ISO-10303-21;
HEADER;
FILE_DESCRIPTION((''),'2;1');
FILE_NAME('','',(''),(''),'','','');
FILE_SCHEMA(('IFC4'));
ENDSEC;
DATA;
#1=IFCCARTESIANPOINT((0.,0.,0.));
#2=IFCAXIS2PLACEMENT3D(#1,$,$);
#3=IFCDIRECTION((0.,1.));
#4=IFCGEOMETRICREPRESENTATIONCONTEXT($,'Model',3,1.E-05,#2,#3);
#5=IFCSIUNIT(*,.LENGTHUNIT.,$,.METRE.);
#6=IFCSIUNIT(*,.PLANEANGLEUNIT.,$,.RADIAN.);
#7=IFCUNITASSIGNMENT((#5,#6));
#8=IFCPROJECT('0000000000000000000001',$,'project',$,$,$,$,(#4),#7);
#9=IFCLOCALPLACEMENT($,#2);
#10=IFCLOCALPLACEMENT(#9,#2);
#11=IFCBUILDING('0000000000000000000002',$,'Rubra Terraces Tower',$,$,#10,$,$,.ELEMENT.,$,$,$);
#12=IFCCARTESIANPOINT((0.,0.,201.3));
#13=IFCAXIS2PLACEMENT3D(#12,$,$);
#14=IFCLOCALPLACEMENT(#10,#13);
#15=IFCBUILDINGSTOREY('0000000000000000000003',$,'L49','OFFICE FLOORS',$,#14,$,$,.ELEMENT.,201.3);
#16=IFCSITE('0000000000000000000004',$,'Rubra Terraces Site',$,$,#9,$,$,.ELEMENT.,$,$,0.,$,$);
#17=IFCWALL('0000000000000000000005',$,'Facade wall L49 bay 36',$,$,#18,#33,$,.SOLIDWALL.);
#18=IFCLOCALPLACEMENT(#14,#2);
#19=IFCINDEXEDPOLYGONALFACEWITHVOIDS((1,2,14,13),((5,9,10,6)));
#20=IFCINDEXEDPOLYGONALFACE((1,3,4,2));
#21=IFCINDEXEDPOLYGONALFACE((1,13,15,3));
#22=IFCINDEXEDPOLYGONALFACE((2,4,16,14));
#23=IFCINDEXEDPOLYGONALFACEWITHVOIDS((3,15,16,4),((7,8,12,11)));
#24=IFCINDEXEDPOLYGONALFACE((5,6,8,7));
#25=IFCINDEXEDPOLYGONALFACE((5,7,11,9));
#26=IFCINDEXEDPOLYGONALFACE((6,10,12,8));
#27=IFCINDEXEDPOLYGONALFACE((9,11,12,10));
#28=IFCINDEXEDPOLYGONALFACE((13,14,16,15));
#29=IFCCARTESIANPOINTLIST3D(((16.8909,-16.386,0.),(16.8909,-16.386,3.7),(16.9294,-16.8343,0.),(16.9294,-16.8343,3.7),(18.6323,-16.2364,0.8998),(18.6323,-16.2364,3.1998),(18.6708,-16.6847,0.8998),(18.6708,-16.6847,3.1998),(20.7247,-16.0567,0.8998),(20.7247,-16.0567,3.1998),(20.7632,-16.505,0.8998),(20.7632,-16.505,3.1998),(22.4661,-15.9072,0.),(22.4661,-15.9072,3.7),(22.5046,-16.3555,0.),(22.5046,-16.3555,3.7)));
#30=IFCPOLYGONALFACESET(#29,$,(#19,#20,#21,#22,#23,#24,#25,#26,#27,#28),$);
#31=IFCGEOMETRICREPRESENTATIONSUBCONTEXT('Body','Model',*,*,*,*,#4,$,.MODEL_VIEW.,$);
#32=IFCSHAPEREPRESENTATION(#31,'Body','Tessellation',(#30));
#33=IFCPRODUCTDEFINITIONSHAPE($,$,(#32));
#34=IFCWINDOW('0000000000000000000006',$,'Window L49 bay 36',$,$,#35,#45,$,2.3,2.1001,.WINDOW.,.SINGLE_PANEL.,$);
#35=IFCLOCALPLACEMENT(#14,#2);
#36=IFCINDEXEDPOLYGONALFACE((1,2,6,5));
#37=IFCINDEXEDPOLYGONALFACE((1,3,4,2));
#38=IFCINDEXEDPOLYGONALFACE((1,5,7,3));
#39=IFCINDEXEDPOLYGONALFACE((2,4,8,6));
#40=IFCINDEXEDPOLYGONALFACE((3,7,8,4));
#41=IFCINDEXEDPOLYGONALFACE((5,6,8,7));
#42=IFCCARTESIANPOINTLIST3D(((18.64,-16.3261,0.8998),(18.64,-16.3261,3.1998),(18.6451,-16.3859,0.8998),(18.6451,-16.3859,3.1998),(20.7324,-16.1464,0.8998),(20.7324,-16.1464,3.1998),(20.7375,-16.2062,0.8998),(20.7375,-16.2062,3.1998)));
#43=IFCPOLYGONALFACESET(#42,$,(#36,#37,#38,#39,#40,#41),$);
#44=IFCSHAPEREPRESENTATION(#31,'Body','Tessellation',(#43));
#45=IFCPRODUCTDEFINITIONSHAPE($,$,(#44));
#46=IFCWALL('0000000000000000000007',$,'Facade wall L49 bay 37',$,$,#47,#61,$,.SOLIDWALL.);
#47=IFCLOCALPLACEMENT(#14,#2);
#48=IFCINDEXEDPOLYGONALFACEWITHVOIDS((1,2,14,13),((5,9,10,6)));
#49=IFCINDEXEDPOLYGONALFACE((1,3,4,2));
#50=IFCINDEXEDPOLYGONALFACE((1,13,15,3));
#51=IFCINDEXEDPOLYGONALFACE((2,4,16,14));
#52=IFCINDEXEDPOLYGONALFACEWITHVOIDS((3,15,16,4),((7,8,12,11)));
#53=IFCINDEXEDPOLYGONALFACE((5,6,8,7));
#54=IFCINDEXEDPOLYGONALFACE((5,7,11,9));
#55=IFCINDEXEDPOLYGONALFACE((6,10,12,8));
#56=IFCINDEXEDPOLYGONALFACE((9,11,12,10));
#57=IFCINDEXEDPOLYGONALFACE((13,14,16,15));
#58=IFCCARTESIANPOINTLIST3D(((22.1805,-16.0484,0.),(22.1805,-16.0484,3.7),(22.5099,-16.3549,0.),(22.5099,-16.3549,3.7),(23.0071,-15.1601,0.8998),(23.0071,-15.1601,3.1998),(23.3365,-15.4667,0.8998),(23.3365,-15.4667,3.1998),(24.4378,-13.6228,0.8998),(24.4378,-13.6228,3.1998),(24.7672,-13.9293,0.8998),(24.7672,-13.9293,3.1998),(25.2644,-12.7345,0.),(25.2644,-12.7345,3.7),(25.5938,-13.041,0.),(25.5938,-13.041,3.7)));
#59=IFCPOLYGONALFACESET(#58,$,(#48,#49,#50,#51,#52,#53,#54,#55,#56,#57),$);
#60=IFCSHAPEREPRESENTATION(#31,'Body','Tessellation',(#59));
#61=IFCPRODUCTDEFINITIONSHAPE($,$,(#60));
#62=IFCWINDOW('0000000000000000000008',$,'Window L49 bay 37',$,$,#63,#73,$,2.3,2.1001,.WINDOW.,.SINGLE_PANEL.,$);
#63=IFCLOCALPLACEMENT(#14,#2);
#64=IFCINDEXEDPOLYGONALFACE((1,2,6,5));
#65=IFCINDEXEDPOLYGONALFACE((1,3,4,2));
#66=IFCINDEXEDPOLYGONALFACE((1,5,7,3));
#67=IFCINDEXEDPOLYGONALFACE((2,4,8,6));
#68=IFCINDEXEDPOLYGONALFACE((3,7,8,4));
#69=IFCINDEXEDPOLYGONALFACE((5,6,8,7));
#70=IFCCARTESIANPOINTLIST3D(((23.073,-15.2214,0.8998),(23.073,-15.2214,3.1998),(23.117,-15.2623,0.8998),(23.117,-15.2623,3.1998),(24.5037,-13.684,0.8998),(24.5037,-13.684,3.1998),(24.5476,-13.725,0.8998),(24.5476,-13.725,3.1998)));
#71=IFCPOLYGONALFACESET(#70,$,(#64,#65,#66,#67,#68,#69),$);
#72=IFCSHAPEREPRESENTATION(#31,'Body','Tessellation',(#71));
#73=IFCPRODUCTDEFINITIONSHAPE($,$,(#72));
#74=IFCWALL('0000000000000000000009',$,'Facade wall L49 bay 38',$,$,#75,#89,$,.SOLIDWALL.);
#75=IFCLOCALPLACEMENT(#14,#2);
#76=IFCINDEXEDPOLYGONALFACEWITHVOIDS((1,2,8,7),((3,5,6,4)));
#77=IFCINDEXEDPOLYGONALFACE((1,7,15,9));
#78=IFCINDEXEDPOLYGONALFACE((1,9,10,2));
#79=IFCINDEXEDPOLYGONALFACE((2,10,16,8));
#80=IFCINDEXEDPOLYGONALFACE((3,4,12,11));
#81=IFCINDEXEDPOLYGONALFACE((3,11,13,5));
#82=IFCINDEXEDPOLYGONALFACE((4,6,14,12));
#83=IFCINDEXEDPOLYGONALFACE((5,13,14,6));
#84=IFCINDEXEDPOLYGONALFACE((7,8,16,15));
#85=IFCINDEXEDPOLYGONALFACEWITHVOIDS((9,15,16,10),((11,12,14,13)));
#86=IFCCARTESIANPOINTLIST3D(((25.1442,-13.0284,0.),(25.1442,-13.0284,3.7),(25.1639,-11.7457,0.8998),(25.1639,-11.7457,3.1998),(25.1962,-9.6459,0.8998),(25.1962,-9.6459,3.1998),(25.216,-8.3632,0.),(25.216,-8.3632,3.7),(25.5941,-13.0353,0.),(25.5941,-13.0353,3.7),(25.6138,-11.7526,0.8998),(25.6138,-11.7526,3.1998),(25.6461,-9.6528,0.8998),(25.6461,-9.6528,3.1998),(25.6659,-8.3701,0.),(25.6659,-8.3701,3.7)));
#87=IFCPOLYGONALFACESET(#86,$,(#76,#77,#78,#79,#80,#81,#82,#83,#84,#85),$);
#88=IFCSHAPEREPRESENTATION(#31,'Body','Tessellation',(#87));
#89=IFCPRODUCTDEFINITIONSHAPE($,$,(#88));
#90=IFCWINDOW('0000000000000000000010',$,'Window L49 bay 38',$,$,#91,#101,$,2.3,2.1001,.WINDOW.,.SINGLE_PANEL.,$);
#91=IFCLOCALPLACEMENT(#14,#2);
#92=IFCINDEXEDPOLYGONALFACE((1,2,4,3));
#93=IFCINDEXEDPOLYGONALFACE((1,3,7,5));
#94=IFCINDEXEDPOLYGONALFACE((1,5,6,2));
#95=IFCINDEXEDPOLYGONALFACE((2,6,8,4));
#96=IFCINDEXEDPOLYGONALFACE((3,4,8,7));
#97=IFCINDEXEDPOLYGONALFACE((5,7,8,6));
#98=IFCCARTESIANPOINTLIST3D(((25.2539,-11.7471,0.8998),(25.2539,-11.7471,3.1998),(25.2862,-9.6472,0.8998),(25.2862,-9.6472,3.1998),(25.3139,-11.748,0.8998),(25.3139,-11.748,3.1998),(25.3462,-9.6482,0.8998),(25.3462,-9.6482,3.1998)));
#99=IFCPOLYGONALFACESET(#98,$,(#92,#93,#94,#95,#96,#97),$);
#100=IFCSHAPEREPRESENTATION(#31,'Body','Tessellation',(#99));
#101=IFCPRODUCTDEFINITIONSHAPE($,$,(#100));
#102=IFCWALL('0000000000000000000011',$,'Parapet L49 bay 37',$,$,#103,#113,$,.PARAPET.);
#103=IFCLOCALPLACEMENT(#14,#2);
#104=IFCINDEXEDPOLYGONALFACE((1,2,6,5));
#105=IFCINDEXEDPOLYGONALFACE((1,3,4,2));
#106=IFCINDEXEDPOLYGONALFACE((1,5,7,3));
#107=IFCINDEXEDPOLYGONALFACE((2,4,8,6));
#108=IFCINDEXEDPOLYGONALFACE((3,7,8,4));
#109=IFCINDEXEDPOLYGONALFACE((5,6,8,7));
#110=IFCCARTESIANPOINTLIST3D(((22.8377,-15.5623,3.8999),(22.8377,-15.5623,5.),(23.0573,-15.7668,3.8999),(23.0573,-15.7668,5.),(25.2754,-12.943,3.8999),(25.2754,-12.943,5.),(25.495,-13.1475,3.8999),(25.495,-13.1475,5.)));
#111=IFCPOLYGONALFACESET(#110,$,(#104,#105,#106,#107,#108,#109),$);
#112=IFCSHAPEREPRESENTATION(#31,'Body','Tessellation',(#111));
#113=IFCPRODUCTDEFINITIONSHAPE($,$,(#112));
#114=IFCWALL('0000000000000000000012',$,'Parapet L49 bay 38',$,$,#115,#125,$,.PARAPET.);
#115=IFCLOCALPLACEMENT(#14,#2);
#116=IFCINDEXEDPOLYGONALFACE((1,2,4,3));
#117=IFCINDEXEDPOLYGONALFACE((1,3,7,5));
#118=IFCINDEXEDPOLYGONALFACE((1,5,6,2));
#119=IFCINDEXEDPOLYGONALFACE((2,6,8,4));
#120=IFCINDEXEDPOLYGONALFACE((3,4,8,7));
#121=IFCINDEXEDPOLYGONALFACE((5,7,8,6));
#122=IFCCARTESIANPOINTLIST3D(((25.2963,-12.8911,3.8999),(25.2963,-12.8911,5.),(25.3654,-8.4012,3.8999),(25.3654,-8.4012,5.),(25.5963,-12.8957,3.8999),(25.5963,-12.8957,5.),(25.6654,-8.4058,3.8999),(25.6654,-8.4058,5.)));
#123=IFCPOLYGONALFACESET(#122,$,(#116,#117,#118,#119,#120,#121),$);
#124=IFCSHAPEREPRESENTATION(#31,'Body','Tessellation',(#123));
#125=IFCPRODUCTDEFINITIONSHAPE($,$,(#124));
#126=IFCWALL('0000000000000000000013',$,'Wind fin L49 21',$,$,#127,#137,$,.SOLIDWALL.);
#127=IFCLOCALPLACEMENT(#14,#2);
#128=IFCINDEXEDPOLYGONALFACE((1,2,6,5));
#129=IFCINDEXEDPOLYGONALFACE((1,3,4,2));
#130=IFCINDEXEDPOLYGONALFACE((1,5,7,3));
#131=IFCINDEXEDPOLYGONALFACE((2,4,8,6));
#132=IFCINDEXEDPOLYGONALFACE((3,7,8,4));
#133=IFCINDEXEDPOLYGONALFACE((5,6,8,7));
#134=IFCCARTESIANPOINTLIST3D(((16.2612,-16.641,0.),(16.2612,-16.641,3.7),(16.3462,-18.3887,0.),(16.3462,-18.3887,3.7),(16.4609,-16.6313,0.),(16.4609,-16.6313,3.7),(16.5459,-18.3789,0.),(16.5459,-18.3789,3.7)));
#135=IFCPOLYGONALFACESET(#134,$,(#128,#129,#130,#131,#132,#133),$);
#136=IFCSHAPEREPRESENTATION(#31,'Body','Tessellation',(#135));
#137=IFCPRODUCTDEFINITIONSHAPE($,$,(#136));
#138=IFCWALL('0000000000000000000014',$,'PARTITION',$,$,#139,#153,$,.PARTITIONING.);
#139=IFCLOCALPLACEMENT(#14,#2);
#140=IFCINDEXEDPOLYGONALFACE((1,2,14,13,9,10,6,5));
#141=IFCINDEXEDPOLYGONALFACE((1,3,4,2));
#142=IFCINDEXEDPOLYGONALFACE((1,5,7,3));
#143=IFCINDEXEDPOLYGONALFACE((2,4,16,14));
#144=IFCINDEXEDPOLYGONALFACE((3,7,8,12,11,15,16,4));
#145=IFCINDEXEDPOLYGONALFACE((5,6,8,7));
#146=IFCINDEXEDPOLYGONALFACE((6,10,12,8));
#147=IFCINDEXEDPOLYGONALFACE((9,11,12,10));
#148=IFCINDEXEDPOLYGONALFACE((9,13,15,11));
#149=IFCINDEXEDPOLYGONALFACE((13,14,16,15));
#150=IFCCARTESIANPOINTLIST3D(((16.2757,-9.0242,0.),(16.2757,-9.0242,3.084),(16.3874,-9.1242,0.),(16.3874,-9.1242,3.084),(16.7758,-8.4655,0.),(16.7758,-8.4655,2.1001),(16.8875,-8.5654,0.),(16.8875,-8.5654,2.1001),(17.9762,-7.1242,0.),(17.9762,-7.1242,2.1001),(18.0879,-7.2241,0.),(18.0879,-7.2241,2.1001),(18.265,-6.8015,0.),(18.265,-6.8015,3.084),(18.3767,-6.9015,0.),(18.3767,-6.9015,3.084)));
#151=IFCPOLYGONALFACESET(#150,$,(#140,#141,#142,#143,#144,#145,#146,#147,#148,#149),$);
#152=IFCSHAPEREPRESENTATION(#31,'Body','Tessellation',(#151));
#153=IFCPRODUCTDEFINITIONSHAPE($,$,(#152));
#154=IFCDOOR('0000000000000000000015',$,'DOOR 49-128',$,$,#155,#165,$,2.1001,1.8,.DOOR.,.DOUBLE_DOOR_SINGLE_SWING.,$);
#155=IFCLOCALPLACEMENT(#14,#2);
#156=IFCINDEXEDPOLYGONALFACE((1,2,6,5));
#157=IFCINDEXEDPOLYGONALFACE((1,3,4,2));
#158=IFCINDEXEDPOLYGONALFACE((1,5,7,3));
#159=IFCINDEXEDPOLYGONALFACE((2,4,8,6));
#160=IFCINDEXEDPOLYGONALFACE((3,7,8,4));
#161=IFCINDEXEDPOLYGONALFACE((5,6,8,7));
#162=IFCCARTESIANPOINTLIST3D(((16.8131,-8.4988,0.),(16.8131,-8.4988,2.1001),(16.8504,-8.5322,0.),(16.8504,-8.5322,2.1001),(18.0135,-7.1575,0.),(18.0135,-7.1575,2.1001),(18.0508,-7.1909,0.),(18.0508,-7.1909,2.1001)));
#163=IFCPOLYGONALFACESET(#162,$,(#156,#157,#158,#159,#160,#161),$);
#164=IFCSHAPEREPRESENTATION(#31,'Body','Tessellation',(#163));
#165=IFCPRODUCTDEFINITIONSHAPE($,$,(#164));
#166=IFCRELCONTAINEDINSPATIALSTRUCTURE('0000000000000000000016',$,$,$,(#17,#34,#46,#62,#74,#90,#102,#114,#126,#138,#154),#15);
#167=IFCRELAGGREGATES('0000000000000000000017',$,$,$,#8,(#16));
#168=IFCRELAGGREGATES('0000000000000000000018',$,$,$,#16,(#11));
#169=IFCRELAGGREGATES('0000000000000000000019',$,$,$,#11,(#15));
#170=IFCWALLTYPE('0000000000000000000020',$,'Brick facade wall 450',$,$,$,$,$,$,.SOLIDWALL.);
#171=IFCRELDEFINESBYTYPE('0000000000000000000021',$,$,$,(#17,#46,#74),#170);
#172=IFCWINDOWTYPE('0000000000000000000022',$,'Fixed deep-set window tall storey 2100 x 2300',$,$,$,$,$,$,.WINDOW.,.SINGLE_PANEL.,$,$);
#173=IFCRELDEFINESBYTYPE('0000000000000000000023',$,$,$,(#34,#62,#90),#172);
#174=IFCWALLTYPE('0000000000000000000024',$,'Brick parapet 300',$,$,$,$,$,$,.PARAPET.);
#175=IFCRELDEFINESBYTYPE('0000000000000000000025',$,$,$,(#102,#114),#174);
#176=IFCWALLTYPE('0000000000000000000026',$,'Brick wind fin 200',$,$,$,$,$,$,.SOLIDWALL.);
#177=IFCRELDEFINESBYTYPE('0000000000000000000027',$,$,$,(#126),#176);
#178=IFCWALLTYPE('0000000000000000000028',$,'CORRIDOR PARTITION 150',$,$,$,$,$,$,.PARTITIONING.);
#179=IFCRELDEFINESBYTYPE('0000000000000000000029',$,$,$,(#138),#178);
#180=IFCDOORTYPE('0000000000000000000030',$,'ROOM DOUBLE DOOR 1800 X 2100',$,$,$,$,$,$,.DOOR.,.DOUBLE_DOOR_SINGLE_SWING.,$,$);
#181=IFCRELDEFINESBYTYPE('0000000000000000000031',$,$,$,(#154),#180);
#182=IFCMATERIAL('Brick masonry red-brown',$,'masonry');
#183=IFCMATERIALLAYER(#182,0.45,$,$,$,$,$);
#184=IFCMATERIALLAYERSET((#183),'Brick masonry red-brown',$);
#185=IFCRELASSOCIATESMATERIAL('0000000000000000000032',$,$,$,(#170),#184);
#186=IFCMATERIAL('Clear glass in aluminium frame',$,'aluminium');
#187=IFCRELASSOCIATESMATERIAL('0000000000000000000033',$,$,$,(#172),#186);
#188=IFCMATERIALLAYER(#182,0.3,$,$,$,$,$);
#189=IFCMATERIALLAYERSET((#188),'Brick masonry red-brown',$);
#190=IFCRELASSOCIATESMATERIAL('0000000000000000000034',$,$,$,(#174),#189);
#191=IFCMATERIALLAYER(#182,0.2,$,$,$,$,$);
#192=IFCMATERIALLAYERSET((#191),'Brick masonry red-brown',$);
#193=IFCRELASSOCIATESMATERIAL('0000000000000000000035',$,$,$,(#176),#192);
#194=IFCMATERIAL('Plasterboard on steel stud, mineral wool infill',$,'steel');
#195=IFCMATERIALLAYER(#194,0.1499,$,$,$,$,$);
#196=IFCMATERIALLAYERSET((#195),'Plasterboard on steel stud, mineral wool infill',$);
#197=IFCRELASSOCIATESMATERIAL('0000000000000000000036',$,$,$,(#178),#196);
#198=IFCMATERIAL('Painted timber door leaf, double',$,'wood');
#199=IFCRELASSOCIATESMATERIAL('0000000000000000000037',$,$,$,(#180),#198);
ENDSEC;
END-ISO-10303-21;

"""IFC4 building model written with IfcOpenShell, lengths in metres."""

from ifc_helpers import new_model, si_unit, direction, frame, frame_2d, origin, place, context, subcontext, project, spatial, rectangle, extrude, material, layer, layer_set, type_object, element, fill, save


model = new_model("IFC4")

# Units and contexts
model_context = context("Model", 3, precision=1e-05, world=origin(), true_north=direction((0.0, 1.0)))
body_context = subcontext(model_context, "Body", "Model", "MODEL_VIEW")
ifc_project = project(units=[si_unit("LENGTHUNIT", "METRE"), si_unit("PLANEANGLEUNIT", "RADIAN")], contexts=[model_context])

# Site, building, storey
site_placement = place(None, origin())
site = spatial("IfcSite", under=ifc_project, at=site_placement, Name="Rubra Terraces Site", CompositionType="ELEMENT", RefElevation=0.0)
building_placement = place(site_placement, origin())
building = spatial("IfcBuilding", under=site, at=building_placement, Name="Rubra Terraces Tower", CompositionType="ELEMENT")
storey_placement = place(building_placement, frame((0.0, 0.0, 201.3)))
storey = spatial("IfcBuildingStorey", under=building, at=storey_placement, Name="L49", Description="OFFICE FLOORS", CompositionType="ELEMENT", Elevation=201.3)

# Walls, openings, windows
ifc_material_1 = material(Name="Brick masonry red-brown", Category="masonry")
ifc_layer_1 = layer(ifc_material_1, 0.45)
ifc_layer_set_1 = layer_set([ifc_layer_1], Name="Brick masonry red-brown")
wall_type_1 = type_object("IfcWallType", Name="Brick facade wall 450", PredefinedType="SOLIDWALL", material=ifc_layer_set_1)
wall_1_placement = place(storey_placement, frame((16.9102, -16.6101, 0.0), z_axis=(0.0, 0.0, 1.0), x_axis=(0.996333, 0.085558, 0.0)))
wall_1 = element("IfcWall", 1, at=wall_1_placement, inside=storey, type_object=wall_type_1, Name="Facade wall L49 bay 36", PredefinedType="SOLIDWALL", context=body_context, shape_type="SweptSolid", body=[
    extrude(rectangle(XDim=5.5957, YDim=0.45, at=frame_2d((2.7979, 0.0))), origin(), (0.0, 0.0, 1.0), 3.7),
])
opening_1_placement = place(wall_1_placement, frame((1.7478, 0.0, 0.8999)))
opening_1 = element("IfcOpeningElement", 2, at=opening_1_placement, cuts=wall_1, PredefinedType="OPENING", context=body_context, shape_type="SweptSolid", body=[
    extrude(rectangle(XDim=2.1001, YDim=2.3, at=frame_2d((1.05, 1.1499))), frame((0.0, 0.2349, 0.0), z_axis=(0.0, -1.0, 0.0), x_axis=(1.0, 0.0, 0.0)), (0.0, 0.0, 1.0), 0.47),
])
ifc_material_2 = material(Name="Clear glass in aluminium frame", Category="aluminium")
window_type = type_object("IfcWindowType", Name="Fixed deep-set window tall storey 2100 x 2300", PartitioningType="SINGLE_PANEL", PredefinedType="WINDOW", material=ifc_material_2)
window_1_placement = place(opening_1_placement, origin())
window_1 = element("IfcWindow", 3, at=window_1_placement, inside=storey, type_object=window_type, Name="Window L49 bay 36", OverallHeight=2.3, OverallWidth=2.1001, PartitioningType="SINGLE_PANEL", PredefinedType="WINDOW", context=body_context, shape_type="SweptSolid", body=[
    extrude(rectangle(XDim=2.1001, YDim=2.3, at=frame_2d((1.05, 1.1499))), frame((0.0, 0.135, 0.0), z_axis=(0.0, -1.0, 0.0), x_axis=(1.0, 0.0, 0.0)), (0.0, 0.0, 1.0), 0.0601),
])
fill(opening_1, window_1)
wall_2_placement = place(storey_placement, frame((22.3452, -16.2017, 0.0), z_axis=(0.0, 0.0, 1.0), x_axis=(0.681249, 0.732052, 0.0)))
wall_2 = element("IfcWall", 4, at=wall_2_placement, inside=storey, type_object=wall_type_1, Name="Facade wall L49 bay 37", PredefinedType="SOLIDWALL", context=body_context, shape_type="SweptSolid", body=[
    extrude(rectangle(XDim=4.5269, YDim=0.45, at=frame_2d((2.2634, 0.0))), origin(), (0.0, 0.0, 1.0), 3.7),
])
opening_2_placement = place(wall_2_placement, frame((1.2134, 0.0, 0.8999)))
opening_2 = element("IfcOpeningElement", 5, at=opening_2_placement, cuts=wall_2, PredefinedType="OPENING", context=body_context, shape_type="SweptSolid", body=[
    extrude(rectangle(XDim=2.1001, YDim=2.3, at=frame_2d((1.05, 1.1499))), frame((0.0, 0.2349, 0.0), z_axis=(0.0, -1.0, 0.0), x_axis=(1.0, 0.0, 0.0)), (0.0, 0.0, 1.0), 0.47),
])
window_2_placement = place(opening_2_placement, origin())
window_2 = element("IfcWindow", 6, at=window_2_placement, inside=storey, type_object=window_type, Name="Window L49 bay 37", OverallHeight=2.3, OverallWidth=2.1001, PartitioningType="SINGLE_PANEL", PredefinedType="WINDOW", context=body_context, shape_type="SweptSolid", body=[
    extrude(rectangle(XDim=2.1001, YDim=2.3, at=frame_2d((1.05, 1.1499))), frame((0.0, 0.135, 0.0), z_axis=(0.0, -1.0, 0.0), x_axis=(1.0, 0.0, 0.0)), (0.0, 0.0, 1.0), 0.0601),
])
fill(opening_2, window_2)
wall_3_placement = place(storey_placement, frame((25.3691, -13.032, 0.0), z_axis=(0.0, 0.0, 1.0), x_axis=(0.015384, 0.999882, 0.0)))
wall_3 = element("IfcWall", 7, at=wall_3_placement, inside=storey, type_object=wall_type_1, Name="Facade wall L49 bay 38", PredefinedType="SOLIDWALL", context=body_context, shape_type="SweptSolid", body=[
    extrude(rectangle(XDim=4.6658, YDim=0.45, at=frame_2d((2.333, 0.0))), origin(), (0.0, 0.0, 1.0), 3.7),
])
opening_3_placement = place(wall_3_placement, frame((1.283, 0.0, 0.8999)))
opening_3 = element("IfcOpeningElement", 8, at=opening_3_placement, cuts=wall_3, PredefinedType="OPENING", context=body_context, shape_type="SweptSolid", body=[
    extrude(rectangle(XDim=2.1001, YDim=2.3, at=frame_2d((1.05, 1.1499))), frame((0.0, 0.2349, 0.0), z_axis=(0.0, -1.0, 0.0), x_axis=(1.0, 0.0, 0.0)), (0.0, 0.0, 1.0), 0.47),
])
window_3_placement = place(opening_3_placement, origin())
window_3 = element("IfcWindow", 9, at=window_3_placement, inside=storey, type_object=window_type, Name="Window L49 bay 38", OverallHeight=2.3, OverallWidth=2.1001, PartitioningType="SINGLE_PANEL", PredefinedType="WINDOW", context=body_context, shape_type="SweptSolid", body=[
    extrude(rectangle(XDim=2.1001, YDim=2.3, at=frame_2d((1.05, 1.1499))), frame((0.0, 0.135, 0.0), z_axis=(0.0, -1.0, 0.0), x_axis=(1.0, 0.0, 0.0)), (0.0, 0.0, 1.0), 0.0601),
])
fill(opening_3, window_3)

# Walls
ifc_layer_2 = layer(ifc_material_1, 0.3)
ifc_layer_set_2 = layer_set([ifc_layer_2], Name="Brick masonry red-brown")
wall_type_2 = type_object("IfcWallType", Name="Brick parapet 300", PredefinedType="PARAPET", material=ifc_layer_set_2)
wall_4_placement = place(storey_placement, frame((22.9475, -15.6646, 3.8999), z_axis=(0.0, 0.0, 1.0), x_axis=(0.68127, 0.732032, 0.0)))
element("IfcWall", 10, at=wall_4_placement, inside=storey, type_object=wall_type_2, Name="Parapet L49 bay 37", PredefinedType="PARAPET", context=body_context, shape_type="SweptSolid", body=[
    extrude(rectangle(XDim=3.5781, YDim=0.3, at=frame_2d((1.7891, 0.0))), origin(), (0.0, 0.0, 1.0), 1.1001),
])
wall_5_placement = place(storey_placement, frame((25.4463, -12.8933, 3.8999), z_axis=(0.0, 0.0, 1.0), x_axis=(0.015386, 0.999882, 0.0)))
element("IfcWall", 11, at=wall_5_placement, inside=storey, type_object=wall_type_2, Name="Parapet L49 bay 38", PredefinedType="PARAPET", context=body_context, shape_type="SweptSolid", body=[
    extrude(rectangle(XDim=4.4905, YDim=0.3, at=frame_2d((2.2451, 0.0))), origin(), (0.0, 0.0, 1.0), 1.1001),
])
ifc_layer_3 = layer(ifc_material_1, 0.2)
ifc_layer_set_3 = layer_set([ifc_layer_3], Name="Brick masonry red-brown")
wall_type_3 = type_object("IfcWallType", Name="Brick wind fin 200", PredefinedType="SOLIDWALL", material=ifc_layer_set_3)
wall_6_placement = place(storey_placement, frame((16.3611, -16.636, 0.0), z_axis=(0.0, 0.0, 1.0), x_axis=(0.048553, -0.998821, 0.0)))
element("IfcWall", 12, at=wall_6_placement, inside=storey, type_object=wall_type_3, Name="Wind fin L49 21", PredefinedType="SOLIDWALL", context=body_context, shape_type="SweptSolid", body=[
    extrude(rectangle(XDim=1.7498, YDim=0.2, at=frame_2d((0.875, 0.0))), origin(), (0.0, 0.0, 1.0), 3.7),
])

# Wall, opening, door
ifc_material_3 = material(Name="Plasterboard on steel stud, mineral wool infill", Category="steel")
ifc_layer_4 = layer(ifc_material_3, 0.1499)
ifc_layer_set_4 = layer_set([ifc_layer_4], Name="Plasterboard on steel stud, mineral wool infill")
wall_type_4 = type_object("IfcWallType", Name="CORRIDOR PARTITION 150", PredefinedType="PARTITIONING", material=ifc_layer_set_4)
wall_7_placement = place(storey_placement, frame((16.3315, -9.0742, 0.0), z_axis=(0.0, 0.0, 1.0), x_axis=(0.6669, 0.745147, 0.0)))
wall_7 = element("IfcWall", 13, at=wall_7_placement, inside=storey, type_object=wall_type_4, Name="PARTITION", PredefinedType="PARTITIONING", context=body_context, shape_type="SweptSolid", body=[
    extrude(rectangle(XDim=2.9829, YDim=0.1499, at=frame_2d((1.4915, 0.0))), origin(), (0.0, 0.0, 1.0), 3.084),
])
opening_4_placement = place(wall_7_placement, frame((0.75, 0.0, 0.0)))
opening_4 = element("IfcOpeningElement", 14, at=opening_4_placement, cuts=wall_7, PredefinedType="OPENING", context=body_context, shape_type="SweptSolid", body=[
    extrude(rectangle(XDim=1.8, YDim=2.1001, at=frame_2d((0.8999, 1.05))), frame((0.0, 0.085, 0.0), z_axis=(0.0, -1.0, 0.0), x_axis=(1.0, 0.0, 0.0)), (0.0, 0.0, 1.0), 0.1699),
])
ifc_material_4 = material(Name="Painted timber door leaf, double", Category="wood")
door_type_1 = type_object("IfcDoorType", Name="ROOM DOUBLE DOOR 1800 X 2100", OperationType="DOUBLE_DOOR_SINGLE_SWING", PredefinedType="DOOR", material=ifc_material_4)
door_1_placement = place(opening_4_placement, origin())
door_1 = element("IfcDoor", 15, at=door_1_placement, inside=storey, type_object=door_type_1, Name="DOOR 49-128", OperationType="DOUBLE_DOOR_SINGLE_SWING", OverallHeight=2.1001, OverallWidth=1.8, PredefinedType="DOOR", context=body_context, shape_type="SweptSolid", body=[
    extrude(rectangle(XDim=1.8, YDim=2.1001, at=frame_2d((0.8999, 1.05))), frame((0.0, 0.0249, 0.0), z_axis=(0.0, -1.0, 0.0), x_axis=(1.0, 0.0, 0.0)), (0.0, 0.0, 1.0), 0.05),
])
fill(opening_4, door_1)

save(model, "model.ifc")
